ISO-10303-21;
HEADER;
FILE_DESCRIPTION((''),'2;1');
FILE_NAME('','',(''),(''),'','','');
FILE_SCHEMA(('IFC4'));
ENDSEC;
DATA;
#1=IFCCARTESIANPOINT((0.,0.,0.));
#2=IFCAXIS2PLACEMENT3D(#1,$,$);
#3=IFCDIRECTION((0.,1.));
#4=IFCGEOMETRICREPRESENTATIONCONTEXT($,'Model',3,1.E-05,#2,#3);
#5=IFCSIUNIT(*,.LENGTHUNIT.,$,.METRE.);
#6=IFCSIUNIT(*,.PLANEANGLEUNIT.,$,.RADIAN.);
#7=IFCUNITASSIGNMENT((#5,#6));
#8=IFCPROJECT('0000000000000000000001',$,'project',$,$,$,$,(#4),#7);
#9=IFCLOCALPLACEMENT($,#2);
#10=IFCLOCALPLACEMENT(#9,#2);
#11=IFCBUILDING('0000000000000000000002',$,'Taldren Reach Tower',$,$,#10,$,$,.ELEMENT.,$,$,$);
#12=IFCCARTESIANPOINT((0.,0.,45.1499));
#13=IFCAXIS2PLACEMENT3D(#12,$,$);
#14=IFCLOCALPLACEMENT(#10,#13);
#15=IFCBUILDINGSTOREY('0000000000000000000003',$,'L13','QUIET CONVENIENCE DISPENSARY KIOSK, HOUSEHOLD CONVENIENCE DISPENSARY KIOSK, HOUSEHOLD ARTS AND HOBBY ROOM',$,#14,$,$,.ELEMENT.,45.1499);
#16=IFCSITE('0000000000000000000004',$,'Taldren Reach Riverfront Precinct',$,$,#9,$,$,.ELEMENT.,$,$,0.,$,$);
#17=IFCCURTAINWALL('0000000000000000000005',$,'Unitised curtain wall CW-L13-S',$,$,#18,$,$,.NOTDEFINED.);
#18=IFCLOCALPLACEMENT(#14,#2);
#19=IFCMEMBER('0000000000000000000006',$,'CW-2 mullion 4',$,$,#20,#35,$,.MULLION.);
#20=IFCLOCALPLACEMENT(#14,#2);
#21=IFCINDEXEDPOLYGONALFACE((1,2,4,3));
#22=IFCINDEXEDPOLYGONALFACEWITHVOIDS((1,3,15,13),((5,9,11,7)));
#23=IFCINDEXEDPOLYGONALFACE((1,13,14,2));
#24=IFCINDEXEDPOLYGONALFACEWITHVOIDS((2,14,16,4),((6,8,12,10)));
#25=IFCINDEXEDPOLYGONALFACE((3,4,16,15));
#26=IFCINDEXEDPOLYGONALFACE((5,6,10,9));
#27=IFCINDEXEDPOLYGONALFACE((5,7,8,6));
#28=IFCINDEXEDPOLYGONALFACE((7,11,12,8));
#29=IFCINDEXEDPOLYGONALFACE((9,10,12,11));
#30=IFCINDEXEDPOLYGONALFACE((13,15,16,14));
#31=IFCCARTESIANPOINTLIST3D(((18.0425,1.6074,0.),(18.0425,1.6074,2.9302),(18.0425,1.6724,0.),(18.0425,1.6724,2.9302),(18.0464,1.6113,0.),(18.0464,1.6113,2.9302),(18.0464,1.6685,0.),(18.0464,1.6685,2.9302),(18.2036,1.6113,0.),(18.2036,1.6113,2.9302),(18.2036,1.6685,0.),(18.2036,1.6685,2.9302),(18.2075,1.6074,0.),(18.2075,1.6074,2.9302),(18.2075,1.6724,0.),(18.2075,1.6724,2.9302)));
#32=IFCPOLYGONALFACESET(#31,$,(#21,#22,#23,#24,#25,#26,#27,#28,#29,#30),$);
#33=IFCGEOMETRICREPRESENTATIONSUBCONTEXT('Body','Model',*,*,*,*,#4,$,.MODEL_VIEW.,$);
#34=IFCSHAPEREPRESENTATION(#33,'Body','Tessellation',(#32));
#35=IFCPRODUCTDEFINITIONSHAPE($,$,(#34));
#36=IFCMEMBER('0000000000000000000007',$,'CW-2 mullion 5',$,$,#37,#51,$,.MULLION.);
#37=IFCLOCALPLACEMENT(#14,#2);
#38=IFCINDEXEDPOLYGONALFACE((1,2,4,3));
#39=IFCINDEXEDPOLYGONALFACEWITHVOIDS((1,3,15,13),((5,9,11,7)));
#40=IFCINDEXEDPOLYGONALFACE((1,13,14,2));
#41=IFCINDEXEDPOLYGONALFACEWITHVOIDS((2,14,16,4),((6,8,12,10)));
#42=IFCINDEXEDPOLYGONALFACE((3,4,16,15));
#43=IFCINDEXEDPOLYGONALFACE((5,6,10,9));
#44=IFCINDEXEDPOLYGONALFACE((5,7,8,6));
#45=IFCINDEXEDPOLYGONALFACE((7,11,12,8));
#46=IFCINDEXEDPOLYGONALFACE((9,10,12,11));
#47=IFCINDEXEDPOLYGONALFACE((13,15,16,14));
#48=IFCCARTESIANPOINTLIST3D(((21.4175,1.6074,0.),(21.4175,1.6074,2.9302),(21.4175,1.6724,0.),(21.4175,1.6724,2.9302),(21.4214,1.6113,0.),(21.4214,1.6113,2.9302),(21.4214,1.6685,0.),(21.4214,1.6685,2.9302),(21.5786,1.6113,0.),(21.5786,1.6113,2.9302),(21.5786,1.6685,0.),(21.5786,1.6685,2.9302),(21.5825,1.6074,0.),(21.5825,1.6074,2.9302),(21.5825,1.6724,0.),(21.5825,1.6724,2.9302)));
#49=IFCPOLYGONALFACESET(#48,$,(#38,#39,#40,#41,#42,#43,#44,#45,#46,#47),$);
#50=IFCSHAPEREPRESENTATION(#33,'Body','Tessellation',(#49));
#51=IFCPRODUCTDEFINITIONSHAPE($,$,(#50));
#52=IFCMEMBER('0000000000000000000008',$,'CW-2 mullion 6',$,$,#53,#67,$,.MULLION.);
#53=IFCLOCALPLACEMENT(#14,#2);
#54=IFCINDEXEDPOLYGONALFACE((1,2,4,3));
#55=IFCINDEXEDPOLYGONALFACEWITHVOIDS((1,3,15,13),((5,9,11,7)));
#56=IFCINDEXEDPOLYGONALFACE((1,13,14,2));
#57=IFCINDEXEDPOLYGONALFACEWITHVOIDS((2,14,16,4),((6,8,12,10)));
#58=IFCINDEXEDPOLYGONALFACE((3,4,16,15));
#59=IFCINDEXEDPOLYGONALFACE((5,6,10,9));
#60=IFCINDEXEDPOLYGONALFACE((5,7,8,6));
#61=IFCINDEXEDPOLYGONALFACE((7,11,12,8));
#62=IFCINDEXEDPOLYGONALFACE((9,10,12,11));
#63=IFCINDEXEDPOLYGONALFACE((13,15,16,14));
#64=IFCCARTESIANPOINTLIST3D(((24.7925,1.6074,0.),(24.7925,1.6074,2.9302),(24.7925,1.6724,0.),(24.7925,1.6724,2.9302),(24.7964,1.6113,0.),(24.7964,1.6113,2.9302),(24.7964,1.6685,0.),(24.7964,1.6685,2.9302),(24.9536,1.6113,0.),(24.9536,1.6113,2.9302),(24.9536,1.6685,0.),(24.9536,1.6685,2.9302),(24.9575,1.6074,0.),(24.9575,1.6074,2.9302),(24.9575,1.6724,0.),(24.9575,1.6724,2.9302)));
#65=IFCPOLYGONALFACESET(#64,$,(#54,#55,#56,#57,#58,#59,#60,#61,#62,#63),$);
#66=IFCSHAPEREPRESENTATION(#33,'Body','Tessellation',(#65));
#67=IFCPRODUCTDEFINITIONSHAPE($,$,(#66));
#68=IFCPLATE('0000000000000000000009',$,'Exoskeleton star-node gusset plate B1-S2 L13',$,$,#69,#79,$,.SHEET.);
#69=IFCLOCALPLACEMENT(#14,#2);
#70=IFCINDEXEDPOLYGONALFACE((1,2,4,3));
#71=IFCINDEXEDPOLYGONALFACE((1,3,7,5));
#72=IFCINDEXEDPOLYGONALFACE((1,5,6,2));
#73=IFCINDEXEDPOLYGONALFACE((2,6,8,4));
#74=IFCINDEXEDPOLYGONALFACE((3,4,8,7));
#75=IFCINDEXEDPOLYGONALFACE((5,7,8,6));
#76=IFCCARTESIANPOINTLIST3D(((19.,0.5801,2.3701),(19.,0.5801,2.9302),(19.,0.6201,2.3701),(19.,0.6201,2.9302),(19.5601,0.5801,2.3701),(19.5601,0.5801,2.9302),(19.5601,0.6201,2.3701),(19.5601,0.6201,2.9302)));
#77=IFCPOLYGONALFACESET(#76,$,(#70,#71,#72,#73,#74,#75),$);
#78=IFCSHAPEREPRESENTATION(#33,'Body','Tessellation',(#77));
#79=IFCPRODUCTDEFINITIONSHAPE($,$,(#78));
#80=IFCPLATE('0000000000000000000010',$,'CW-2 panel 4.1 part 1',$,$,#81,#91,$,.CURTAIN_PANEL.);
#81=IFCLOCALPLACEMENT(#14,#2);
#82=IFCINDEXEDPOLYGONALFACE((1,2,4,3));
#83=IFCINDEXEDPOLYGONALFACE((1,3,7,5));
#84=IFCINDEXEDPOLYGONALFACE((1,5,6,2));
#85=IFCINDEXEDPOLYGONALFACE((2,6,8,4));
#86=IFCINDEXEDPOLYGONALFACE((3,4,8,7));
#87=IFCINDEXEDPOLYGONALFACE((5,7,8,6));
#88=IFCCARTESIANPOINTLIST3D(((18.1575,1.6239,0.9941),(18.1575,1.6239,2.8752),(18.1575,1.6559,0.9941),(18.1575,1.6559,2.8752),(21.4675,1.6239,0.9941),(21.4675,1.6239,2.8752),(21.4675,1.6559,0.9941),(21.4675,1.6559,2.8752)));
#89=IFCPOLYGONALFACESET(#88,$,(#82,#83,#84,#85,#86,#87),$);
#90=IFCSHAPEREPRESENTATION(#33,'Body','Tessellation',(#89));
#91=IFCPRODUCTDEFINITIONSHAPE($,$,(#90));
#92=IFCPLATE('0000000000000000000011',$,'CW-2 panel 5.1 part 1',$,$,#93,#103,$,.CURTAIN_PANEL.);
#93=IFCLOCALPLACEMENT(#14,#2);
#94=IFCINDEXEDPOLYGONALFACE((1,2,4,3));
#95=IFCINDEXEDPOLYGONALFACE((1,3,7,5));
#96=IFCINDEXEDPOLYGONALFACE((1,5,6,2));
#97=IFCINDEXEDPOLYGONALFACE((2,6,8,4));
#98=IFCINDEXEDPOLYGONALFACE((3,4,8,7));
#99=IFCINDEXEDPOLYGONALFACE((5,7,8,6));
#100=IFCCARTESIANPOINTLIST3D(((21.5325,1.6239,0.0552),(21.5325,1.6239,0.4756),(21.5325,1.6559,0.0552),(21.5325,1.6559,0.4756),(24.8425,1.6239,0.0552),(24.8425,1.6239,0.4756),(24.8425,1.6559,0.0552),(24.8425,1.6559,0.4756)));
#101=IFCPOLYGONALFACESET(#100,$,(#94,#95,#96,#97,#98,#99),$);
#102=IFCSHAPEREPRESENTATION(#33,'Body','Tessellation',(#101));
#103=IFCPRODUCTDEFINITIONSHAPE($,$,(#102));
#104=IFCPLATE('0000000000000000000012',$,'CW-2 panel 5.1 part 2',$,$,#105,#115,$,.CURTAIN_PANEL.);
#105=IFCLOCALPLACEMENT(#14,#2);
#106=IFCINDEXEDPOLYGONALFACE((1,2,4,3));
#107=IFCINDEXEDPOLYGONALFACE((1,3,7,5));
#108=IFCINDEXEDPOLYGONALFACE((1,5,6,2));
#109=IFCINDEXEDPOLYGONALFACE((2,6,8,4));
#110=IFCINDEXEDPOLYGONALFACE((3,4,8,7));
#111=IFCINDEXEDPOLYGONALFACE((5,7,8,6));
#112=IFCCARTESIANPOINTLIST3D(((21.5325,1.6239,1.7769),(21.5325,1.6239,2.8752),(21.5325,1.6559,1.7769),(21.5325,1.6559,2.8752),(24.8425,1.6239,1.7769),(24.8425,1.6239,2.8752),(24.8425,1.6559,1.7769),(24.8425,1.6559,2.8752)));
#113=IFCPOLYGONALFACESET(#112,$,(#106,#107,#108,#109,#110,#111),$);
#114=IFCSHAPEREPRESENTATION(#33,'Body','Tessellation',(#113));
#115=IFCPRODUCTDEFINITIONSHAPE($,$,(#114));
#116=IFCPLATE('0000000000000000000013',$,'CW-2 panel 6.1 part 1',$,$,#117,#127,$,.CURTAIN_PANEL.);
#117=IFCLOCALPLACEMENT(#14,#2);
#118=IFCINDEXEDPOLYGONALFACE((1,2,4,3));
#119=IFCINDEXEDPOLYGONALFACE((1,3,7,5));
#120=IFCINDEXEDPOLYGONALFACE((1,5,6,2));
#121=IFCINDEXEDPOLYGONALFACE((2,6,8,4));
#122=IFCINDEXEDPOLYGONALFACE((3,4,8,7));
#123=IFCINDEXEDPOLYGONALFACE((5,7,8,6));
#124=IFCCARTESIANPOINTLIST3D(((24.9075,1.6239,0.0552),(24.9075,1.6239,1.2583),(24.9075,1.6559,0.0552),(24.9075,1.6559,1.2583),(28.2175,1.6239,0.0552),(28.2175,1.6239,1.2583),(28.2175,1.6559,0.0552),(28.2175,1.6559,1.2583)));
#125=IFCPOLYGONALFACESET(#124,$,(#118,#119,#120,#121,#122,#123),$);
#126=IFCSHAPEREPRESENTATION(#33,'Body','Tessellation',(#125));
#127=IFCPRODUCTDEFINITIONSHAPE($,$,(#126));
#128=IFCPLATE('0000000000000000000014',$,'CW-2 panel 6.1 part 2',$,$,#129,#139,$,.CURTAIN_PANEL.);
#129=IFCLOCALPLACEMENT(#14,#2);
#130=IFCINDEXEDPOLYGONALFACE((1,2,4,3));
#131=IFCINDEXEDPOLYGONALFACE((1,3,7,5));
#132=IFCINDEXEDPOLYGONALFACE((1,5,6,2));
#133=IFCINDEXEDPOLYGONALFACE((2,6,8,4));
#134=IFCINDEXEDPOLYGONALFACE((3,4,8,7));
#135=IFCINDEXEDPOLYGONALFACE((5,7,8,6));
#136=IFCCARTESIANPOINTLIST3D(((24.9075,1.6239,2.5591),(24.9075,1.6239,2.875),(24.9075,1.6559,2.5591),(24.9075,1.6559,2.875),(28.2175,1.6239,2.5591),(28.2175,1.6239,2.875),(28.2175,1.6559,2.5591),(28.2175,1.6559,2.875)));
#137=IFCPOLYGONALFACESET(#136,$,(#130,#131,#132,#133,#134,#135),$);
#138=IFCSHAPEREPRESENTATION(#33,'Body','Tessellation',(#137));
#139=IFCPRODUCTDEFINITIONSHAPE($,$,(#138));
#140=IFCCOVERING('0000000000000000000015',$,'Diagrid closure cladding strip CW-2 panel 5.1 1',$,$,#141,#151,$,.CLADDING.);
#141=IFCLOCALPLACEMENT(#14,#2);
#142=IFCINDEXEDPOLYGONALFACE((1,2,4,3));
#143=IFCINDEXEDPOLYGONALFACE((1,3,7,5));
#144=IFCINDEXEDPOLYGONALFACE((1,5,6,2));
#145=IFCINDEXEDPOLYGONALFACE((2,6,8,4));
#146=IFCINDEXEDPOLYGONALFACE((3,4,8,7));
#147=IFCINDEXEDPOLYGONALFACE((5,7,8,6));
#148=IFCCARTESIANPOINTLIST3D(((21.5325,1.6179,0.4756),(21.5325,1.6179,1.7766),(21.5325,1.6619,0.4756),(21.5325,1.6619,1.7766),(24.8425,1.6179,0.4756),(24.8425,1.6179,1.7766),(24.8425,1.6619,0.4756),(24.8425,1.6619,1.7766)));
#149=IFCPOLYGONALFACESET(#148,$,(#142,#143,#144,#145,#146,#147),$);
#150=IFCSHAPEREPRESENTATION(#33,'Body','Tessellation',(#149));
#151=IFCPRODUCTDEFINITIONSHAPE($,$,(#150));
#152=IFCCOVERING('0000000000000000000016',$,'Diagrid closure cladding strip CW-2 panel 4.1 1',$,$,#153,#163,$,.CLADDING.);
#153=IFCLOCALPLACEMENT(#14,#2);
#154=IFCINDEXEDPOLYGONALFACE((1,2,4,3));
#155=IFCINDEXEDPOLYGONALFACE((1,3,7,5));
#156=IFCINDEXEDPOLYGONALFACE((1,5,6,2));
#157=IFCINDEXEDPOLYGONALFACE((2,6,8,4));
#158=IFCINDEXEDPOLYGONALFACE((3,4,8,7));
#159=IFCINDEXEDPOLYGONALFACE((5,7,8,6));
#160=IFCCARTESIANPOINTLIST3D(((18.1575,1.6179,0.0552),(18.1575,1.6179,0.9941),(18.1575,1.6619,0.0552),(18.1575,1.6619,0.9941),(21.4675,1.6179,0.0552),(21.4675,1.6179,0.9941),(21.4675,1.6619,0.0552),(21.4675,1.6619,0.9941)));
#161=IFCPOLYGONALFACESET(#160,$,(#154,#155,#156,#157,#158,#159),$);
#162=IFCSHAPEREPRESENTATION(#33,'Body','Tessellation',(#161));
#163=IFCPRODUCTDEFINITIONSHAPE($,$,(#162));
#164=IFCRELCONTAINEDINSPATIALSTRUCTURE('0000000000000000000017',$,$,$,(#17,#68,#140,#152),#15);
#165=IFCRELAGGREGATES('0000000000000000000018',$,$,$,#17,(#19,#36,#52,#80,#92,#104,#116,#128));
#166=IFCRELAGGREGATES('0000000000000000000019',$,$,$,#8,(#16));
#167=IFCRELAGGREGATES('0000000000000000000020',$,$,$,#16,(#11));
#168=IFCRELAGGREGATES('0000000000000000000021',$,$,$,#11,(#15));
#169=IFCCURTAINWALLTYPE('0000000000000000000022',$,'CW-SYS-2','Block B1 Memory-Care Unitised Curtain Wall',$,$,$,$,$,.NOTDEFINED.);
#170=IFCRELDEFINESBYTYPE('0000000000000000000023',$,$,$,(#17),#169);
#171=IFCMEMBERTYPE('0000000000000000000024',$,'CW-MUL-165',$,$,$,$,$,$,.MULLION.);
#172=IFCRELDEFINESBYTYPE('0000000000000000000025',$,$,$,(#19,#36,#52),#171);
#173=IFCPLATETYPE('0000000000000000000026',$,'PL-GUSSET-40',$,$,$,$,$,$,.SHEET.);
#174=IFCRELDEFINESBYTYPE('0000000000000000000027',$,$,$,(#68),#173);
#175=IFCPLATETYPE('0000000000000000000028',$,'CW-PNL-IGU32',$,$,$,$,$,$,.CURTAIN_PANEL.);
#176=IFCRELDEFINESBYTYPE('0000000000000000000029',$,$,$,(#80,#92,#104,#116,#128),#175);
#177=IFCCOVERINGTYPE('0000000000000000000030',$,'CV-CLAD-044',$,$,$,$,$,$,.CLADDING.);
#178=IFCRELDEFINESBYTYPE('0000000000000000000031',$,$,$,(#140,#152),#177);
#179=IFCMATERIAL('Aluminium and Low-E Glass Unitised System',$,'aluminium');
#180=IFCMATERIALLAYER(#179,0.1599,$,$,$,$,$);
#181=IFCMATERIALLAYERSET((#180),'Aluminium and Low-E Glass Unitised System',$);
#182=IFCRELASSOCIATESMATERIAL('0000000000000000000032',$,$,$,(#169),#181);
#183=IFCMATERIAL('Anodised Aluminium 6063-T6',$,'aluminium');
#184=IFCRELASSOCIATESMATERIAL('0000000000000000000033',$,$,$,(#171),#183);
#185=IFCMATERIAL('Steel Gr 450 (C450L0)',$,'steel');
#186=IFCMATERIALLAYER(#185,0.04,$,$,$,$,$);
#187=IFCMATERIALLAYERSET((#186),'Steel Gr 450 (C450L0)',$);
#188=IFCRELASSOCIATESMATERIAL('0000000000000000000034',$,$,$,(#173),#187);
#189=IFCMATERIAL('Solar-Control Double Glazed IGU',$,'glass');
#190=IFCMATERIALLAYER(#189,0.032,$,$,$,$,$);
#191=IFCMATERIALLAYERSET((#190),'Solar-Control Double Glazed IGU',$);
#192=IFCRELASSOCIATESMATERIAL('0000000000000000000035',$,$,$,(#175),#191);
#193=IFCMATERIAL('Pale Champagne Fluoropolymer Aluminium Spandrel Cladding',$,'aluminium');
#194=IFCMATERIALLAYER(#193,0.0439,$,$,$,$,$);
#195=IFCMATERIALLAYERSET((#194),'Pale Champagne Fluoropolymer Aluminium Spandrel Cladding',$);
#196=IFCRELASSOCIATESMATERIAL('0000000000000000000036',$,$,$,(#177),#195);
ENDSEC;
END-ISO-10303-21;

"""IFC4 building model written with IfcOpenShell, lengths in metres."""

from ifc_helpers import new_model, si_unit, direction, frame, origin, origin_2d, place, context, subcontext, project, spatial, rectangle, hollow_rectangle, extrude, source, transform, mapped, material, layer, layer_set, material_profile, profile_set, type_object, element, aggregate, save


model = new_model("IFC4")

# Units and contexts
model_context = context("Model", 3, precision=1e-05, world=origin(), true_north=direction((0.0, 1.0)))
body_context = subcontext(model_context, "Body", "Model", "MODEL_VIEW")
ifc_project = project(units=[si_unit("LENGTHUNIT", "METRE"), si_unit("PLANEANGLEUNIT", "RADIAN")], contexts=[model_context])

# Site, building, storey
site_placement = place(None, origin())
site = spatial("IfcSite", under=ifc_project, at=site_placement, Name="Taldren Reach Riverfront Precinct", CompositionType="ELEMENT", RefElevation=0.0)
building_placement = place(site_placement, origin())
building = spatial("IfcBuilding", under=site, at=building_placement, Name="Taldren Reach Tower", CompositionType="ELEMENT")
storey_placement = place(building_placement, frame((0.0, 0.0, 45.1499)))
storey = spatial("IfcBuildingStorey", under=building, at=storey_placement, Name="L13", Description="QUIET CONVENIENCE DISPENSARY KIOSK, HOUSEHOLD CONVENIENCE DISPENSARY KIOSK, HOUSEHOLD ARTS AND HOBBY ROOM", CompositionType="ELEMENT", Elevation=45.1499)

# Shared definitions
ifc_material_1 = material(Name="Steel Gr 450 (C450L0)", Category="steel")

# Curtain wall, members
ifc_material_2 = material(Name="Aluminium and Low-E Glass Unitised System", Category="aluminium")
ifc_layer_1 = layer(ifc_material_2, 0.1599)
ifc_layer_set_1 = layer_set([ifc_layer_1], Name="Aluminium and Low-E Glass Unitised System")
curtain_wall_type = type_object("IfcCurtainWallType", Name="CW-SYS-2", Description="Block B1 Memory-Care Unitised Curtain Wall", PredefinedType="NOTDEFINED", material=ifc_layer_set_1)
curtain_wall_placement = place(storey_placement, origin())
curtain_wall = element("IfcCurtainWall", 1, at=curtain_wall_placement, inside=storey, type_object=curtain_wall_type, Name="Unitised curtain wall CW-L13-S", PredefinedType="NOTDEFINED")
ifc_material_3 = material(Name="Anodised Aluminium 6063-T6", Category="aluminium")
ifc_material_profile_1 = material_profile(ifc_material_3, hollow_rectangle(XDim=0.0649, YDim=0.165, WallThickness=0.0039, at=origin_2d()), Name="ALU-165x65x4RHS")
ifc_profile_set_1 = profile_set([ifc_material_profile_1], Name="Anodised Aluminium 6063-T6")
member_type_1 = type_object("IfcMemberType", Name="CW-MUL-165", PredefinedType="MULLION", material=ifc_profile_set_1)
shared_shape_1 = source(origin(), body_context, "Body", "SweptSolid", [
    extrude(hollow_rectangle(XDim=0.0649, YDim=0.165, WallThickness=0.0039, at=origin_2d()), origin(), (0.0, 0.0, 1.0), 2.9302),
])
member_1_placement = place(storey_placement, frame((18.125, 1.6399, 0.0), z_axis=(0.0, 0.0, 1.0), x_axis=(0.0, 1.0, 0.0)))
member_1 = element("IfcMember", 2, at=member_1_placement, type_object=member_type_1, Name="CW-2 mullion 4", PredefinedType="MULLION", context=body_context, shape_type="MappedRepresentation", body=[
    mapped(shared_shape_1, transform((0.0, 0.0, 0.0), scale=1.0)),
])
member_2_placement = place(storey_placement, frame((21.5, 1.6399, 0.0), z_axis=(0.0, 0.0, 1.0), x_axis=(0.0, 1.0, 0.0)))
member_2 = element("IfcMember", 3, at=member_2_placement, type_object=member_type_1, Name="CW-2 mullion 5", PredefinedType="MULLION", context=body_context, shape_type="MappedRepresentation", body=[
    mapped(shared_shape_1, transform((0.0, 0.0, 0.0), scale=1.0)),
])
member_3_placement = place(storey_placement, frame((24.875, 1.6399, 0.0), z_axis=(0.0, 0.0, 1.0), x_axis=(0.0, 1.0, 0.0)))
member_3 = element("IfcMember", 4, at=member_3_placement, type_object=member_type_1, Name="CW-2 mullion 6", PredefinedType="MULLION", context=body_context, shape_type="MappedRepresentation", body=[
    mapped(shared_shape_1, transform((0.0, 0.0, 0.0), scale=1.0)),
])

# Plates
ifc_layer_2 = layer(ifc_material_1, 0.04)
ifc_layer_set_2 = layer_set([ifc_layer_2], Name="Steel Gr 450 (C450L0)")
plate_type_1 = type_object("IfcPlateType", Name="PL-GUSSET-40", PredefinedType="SHEET", material=ifc_layer_set_2)
shared_shape_2 = source(origin(), body_context, "Body", "SweptSolid", [
    extrude(rectangle(XDim=0.5601, YDim=0.04, at=origin_2d()), origin(), (0.0, 0.0, 1.0), 0.5601),
])
plate_1_placement = place(storey_placement, frame((19.28, 0.6001, 2.3701), z_axis=(0.0, 0.0, 1.0), x_axis=(1.0, 0.0, 0.0)))
element("IfcPlate", 5, at=plate_1_placement, inside=storey, type_object=plate_type_1, Name="Exoskeleton star-node gusset plate B1-S2 L13", PredefinedType="SHEET", context=body_context, shape_type="MappedRepresentation", body=[
    mapped(shared_shape_2, transform((0.0, 0.0, 0.0), scale=1.0)),
])
ifc_material_4 = material(Name="Solar-Control Double Glazed IGU", Category="glass")
ifc_layer_3 = layer(ifc_material_4, 0.032)
ifc_layer_set_3 = layer_set([ifc_layer_3], Name="Solar-Control Double Glazed IGU")
plate_type_2 = type_object("IfcPlateType", Name="CW-PNL-IGU32", PredefinedType="CURTAIN_PANEL", material=ifc_layer_set_3)
shared_shape_3 = source(origin(), body_context, "Body", "SweptSolid", [
    extrude(rectangle(XDim=3.3101, YDim=0.032, at=origin_2d()), origin(), (0.0, 0.0, 1.0), 1.8811),
])
plate_2_placement = place(storey_placement, frame((19.8125, 1.6399, 0.9941), z_axis=(0.0, 0.0, 1.0), x_axis=(1.0, 0.0, 0.0)))
plate_2 = element("IfcPlate", 6, at=plate_2_placement, type_object=plate_type_2, Name="CW-2 panel 4.1 part 1", PredefinedType="CURTAIN_PANEL", context=body_context, shape_type="MappedRepresentation", body=[
    mapped(shared_shape_3, transform((0.0, 0.0, 0.0), scale=1.0)),
])
shared_shape_4 = source(origin(), body_context, "Body", "SweptSolid", [
    extrude(rectangle(XDim=3.3101, YDim=0.032, at=origin_2d()), origin(), (0.0, 0.0, 1.0), 0.4204),
])
plate_3_placement = place(storey_placement, frame((23.1875, 1.6399, 0.0552), z_axis=(0.0, 0.0, 1.0), x_axis=(1.0, 0.0, 0.0)))
plate_3 = element("IfcPlate", 7, at=plate_3_placement, type_object=plate_type_2, Name="CW-2 panel 5.1 part 1", PredefinedType="CURTAIN_PANEL", context=body_context, shape_type="MappedRepresentation", body=[
    mapped(shared_shape_4, transform((0.0, 0.0, 0.0), scale=1.0)),
])
shared_shape_5 = source(origin(), body_context, "Body", "SweptSolid", [
    extrude(rectangle(XDim=3.3101, YDim=0.032, at=origin_2d()), origin(), (0.0, 0.0, 1.0), 1.0984),
])
plate_4_placement = place(storey_placement, frame((23.1875, 1.6399, 1.7769), z_axis=(0.0, 0.0, 1.0), x_axis=(1.0, 0.0, 0.0)))
plate_4 = element("IfcPlate", 8, at=plate_4_placement, type_object=plate_type_2, Name="CW-2 panel 5.1 part 2", PredefinedType="CURTAIN_PANEL", context=body_context, shape_type="MappedRepresentation", body=[
    mapped(shared_shape_5, transform((0.0, 0.0, 0.0), scale=1.0)),
])
shared_shape_6 = source(origin(), body_context, "Body", "SweptSolid", [
    extrude(rectangle(XDim=3.3101, YDim=0.032, at=origin_2d()), origin(), (0.0, 0.0, 1.0), 1.2031),
])
plate_5_placement = place(storey_placement, frame((26.5625, 1.6399, 0.0552), z_axis=(0.0, 0.0, 1.0), x_axis=(1.0, 0.0, 0.0)))
plate_5 = element("IfcPlate", 9, at=plate_5_placement, type_object=plate_type_2, Name="CW-2 panel 6.1 part 1", PredefinedType="CURTAIN_PANEL", context=body_context, shape_type="MappedRepresentation", body=[
    mapped(shared_shape_6, transform((0.0, 0.0, 0.0), scale=1.0)),
])
shared_shape_7 = source(origin(), body_context, "Body", "SweptSolid", [
    extrude(rectangle(XDim=3.3101, YDim=0.032, at=origin_2d()), origin(), (0.0, 0.0, 1.0), 0.3159),
])
plate_6_placement = place(storey_placement, frame((26.5625, 1.6399, 2.5591), z_axis=(0.0, 0.0, 1.0), x_axis=(1.0, 0.0, 0.0)))
plate_6 = element("IfcPlate", 10, at=plate_6_placement, type_object=plate_type_2, Name="CW-2 panel 6.1 part 2", PredefinedType="CURTAIN_PANEL", context=body_context, shape_type="MappedRepresentation", body=[
    mapped(shared_shape_7, transform((0.0, 0.0, 0.0), scale=1.0)),
])
aggregate(curtain_wall, [member_1, member_2, member_3, plate_2, plate_3, plate_4, plate_5, plate_6])

# Coverings
ifc_material_5 = material(Name="Pale Champagne Fluoropolymer Aluminium Spandrel Cladding", Category="aluminium")
ifc_layer_4 = layer(ifc_material_5, 0.0439)
ifc_layer_set_4 = layer_set([ifc_layer_4], Name="Pale Champagne Fluoropolymer Aluminium Spandrel Cladding")
covering_type = type_object("IfcCoveringType", Name="CV-CLAD-044", PredefinedType="CLADDING", material=ifc_layer_set_4)
shared_shape_8 = source(origin(), body_context, "Body", "SweptSolid", [
    extrude(rectangle(XDim=3.3101, YDim=0.0439, at=origin_2d()), origin(), (0.0, 0.0, 1.0), 1.301),
])
covering_1_placement = place(storey_placement, frame((23.1875, 1.6399, 0.4756), z_axis=(0.0, 0.0, 1.0), x_axis=(1.0, 0.0, 0.0)))
element("IfcCovering", 11, at=covering_1_placement, inside=storey, type_object=covering_type, Name="Diagrid closure cladding strip CW-2 panel 5.1 1", PredefinedType="CLADDING", context=body_context, shape_type="MappedRepresentation", body=[
    mapped(shared_shape_8, transform((0.0, 0.0, 0.0), scale=1.0)),
])
shared_shape_9 = source(origin(), body_context, "Body", "SweptSolid", [
    extrude(rectangle(XDim=3.3101, YDim=0.0439, at=origin_2d()), origin(), (0.0, 0.0, 1.0), 0.939),
])
covering_2_placement = place(storey_placement, frame((19.8125, 1.6399, 0.0552), z_axis=(0.0, 0.0, 1.0), x_axis=(1.0, 0.0, 0.0)))
element("IfcCovering", 12, at=covering_2_placement, inside=storey, type_object=covering_type, Name="Diagrid closure cladding strip CW-2 panel 4.1 1", PredefinedType="CLADDING", context=body_context, shape_type="MappedRepresentation", body=[
    mapped(shared_shape_9, transform((0.0, 0.0, 0.0), scale=1.0)),
])

save(model, "model.ifc")
